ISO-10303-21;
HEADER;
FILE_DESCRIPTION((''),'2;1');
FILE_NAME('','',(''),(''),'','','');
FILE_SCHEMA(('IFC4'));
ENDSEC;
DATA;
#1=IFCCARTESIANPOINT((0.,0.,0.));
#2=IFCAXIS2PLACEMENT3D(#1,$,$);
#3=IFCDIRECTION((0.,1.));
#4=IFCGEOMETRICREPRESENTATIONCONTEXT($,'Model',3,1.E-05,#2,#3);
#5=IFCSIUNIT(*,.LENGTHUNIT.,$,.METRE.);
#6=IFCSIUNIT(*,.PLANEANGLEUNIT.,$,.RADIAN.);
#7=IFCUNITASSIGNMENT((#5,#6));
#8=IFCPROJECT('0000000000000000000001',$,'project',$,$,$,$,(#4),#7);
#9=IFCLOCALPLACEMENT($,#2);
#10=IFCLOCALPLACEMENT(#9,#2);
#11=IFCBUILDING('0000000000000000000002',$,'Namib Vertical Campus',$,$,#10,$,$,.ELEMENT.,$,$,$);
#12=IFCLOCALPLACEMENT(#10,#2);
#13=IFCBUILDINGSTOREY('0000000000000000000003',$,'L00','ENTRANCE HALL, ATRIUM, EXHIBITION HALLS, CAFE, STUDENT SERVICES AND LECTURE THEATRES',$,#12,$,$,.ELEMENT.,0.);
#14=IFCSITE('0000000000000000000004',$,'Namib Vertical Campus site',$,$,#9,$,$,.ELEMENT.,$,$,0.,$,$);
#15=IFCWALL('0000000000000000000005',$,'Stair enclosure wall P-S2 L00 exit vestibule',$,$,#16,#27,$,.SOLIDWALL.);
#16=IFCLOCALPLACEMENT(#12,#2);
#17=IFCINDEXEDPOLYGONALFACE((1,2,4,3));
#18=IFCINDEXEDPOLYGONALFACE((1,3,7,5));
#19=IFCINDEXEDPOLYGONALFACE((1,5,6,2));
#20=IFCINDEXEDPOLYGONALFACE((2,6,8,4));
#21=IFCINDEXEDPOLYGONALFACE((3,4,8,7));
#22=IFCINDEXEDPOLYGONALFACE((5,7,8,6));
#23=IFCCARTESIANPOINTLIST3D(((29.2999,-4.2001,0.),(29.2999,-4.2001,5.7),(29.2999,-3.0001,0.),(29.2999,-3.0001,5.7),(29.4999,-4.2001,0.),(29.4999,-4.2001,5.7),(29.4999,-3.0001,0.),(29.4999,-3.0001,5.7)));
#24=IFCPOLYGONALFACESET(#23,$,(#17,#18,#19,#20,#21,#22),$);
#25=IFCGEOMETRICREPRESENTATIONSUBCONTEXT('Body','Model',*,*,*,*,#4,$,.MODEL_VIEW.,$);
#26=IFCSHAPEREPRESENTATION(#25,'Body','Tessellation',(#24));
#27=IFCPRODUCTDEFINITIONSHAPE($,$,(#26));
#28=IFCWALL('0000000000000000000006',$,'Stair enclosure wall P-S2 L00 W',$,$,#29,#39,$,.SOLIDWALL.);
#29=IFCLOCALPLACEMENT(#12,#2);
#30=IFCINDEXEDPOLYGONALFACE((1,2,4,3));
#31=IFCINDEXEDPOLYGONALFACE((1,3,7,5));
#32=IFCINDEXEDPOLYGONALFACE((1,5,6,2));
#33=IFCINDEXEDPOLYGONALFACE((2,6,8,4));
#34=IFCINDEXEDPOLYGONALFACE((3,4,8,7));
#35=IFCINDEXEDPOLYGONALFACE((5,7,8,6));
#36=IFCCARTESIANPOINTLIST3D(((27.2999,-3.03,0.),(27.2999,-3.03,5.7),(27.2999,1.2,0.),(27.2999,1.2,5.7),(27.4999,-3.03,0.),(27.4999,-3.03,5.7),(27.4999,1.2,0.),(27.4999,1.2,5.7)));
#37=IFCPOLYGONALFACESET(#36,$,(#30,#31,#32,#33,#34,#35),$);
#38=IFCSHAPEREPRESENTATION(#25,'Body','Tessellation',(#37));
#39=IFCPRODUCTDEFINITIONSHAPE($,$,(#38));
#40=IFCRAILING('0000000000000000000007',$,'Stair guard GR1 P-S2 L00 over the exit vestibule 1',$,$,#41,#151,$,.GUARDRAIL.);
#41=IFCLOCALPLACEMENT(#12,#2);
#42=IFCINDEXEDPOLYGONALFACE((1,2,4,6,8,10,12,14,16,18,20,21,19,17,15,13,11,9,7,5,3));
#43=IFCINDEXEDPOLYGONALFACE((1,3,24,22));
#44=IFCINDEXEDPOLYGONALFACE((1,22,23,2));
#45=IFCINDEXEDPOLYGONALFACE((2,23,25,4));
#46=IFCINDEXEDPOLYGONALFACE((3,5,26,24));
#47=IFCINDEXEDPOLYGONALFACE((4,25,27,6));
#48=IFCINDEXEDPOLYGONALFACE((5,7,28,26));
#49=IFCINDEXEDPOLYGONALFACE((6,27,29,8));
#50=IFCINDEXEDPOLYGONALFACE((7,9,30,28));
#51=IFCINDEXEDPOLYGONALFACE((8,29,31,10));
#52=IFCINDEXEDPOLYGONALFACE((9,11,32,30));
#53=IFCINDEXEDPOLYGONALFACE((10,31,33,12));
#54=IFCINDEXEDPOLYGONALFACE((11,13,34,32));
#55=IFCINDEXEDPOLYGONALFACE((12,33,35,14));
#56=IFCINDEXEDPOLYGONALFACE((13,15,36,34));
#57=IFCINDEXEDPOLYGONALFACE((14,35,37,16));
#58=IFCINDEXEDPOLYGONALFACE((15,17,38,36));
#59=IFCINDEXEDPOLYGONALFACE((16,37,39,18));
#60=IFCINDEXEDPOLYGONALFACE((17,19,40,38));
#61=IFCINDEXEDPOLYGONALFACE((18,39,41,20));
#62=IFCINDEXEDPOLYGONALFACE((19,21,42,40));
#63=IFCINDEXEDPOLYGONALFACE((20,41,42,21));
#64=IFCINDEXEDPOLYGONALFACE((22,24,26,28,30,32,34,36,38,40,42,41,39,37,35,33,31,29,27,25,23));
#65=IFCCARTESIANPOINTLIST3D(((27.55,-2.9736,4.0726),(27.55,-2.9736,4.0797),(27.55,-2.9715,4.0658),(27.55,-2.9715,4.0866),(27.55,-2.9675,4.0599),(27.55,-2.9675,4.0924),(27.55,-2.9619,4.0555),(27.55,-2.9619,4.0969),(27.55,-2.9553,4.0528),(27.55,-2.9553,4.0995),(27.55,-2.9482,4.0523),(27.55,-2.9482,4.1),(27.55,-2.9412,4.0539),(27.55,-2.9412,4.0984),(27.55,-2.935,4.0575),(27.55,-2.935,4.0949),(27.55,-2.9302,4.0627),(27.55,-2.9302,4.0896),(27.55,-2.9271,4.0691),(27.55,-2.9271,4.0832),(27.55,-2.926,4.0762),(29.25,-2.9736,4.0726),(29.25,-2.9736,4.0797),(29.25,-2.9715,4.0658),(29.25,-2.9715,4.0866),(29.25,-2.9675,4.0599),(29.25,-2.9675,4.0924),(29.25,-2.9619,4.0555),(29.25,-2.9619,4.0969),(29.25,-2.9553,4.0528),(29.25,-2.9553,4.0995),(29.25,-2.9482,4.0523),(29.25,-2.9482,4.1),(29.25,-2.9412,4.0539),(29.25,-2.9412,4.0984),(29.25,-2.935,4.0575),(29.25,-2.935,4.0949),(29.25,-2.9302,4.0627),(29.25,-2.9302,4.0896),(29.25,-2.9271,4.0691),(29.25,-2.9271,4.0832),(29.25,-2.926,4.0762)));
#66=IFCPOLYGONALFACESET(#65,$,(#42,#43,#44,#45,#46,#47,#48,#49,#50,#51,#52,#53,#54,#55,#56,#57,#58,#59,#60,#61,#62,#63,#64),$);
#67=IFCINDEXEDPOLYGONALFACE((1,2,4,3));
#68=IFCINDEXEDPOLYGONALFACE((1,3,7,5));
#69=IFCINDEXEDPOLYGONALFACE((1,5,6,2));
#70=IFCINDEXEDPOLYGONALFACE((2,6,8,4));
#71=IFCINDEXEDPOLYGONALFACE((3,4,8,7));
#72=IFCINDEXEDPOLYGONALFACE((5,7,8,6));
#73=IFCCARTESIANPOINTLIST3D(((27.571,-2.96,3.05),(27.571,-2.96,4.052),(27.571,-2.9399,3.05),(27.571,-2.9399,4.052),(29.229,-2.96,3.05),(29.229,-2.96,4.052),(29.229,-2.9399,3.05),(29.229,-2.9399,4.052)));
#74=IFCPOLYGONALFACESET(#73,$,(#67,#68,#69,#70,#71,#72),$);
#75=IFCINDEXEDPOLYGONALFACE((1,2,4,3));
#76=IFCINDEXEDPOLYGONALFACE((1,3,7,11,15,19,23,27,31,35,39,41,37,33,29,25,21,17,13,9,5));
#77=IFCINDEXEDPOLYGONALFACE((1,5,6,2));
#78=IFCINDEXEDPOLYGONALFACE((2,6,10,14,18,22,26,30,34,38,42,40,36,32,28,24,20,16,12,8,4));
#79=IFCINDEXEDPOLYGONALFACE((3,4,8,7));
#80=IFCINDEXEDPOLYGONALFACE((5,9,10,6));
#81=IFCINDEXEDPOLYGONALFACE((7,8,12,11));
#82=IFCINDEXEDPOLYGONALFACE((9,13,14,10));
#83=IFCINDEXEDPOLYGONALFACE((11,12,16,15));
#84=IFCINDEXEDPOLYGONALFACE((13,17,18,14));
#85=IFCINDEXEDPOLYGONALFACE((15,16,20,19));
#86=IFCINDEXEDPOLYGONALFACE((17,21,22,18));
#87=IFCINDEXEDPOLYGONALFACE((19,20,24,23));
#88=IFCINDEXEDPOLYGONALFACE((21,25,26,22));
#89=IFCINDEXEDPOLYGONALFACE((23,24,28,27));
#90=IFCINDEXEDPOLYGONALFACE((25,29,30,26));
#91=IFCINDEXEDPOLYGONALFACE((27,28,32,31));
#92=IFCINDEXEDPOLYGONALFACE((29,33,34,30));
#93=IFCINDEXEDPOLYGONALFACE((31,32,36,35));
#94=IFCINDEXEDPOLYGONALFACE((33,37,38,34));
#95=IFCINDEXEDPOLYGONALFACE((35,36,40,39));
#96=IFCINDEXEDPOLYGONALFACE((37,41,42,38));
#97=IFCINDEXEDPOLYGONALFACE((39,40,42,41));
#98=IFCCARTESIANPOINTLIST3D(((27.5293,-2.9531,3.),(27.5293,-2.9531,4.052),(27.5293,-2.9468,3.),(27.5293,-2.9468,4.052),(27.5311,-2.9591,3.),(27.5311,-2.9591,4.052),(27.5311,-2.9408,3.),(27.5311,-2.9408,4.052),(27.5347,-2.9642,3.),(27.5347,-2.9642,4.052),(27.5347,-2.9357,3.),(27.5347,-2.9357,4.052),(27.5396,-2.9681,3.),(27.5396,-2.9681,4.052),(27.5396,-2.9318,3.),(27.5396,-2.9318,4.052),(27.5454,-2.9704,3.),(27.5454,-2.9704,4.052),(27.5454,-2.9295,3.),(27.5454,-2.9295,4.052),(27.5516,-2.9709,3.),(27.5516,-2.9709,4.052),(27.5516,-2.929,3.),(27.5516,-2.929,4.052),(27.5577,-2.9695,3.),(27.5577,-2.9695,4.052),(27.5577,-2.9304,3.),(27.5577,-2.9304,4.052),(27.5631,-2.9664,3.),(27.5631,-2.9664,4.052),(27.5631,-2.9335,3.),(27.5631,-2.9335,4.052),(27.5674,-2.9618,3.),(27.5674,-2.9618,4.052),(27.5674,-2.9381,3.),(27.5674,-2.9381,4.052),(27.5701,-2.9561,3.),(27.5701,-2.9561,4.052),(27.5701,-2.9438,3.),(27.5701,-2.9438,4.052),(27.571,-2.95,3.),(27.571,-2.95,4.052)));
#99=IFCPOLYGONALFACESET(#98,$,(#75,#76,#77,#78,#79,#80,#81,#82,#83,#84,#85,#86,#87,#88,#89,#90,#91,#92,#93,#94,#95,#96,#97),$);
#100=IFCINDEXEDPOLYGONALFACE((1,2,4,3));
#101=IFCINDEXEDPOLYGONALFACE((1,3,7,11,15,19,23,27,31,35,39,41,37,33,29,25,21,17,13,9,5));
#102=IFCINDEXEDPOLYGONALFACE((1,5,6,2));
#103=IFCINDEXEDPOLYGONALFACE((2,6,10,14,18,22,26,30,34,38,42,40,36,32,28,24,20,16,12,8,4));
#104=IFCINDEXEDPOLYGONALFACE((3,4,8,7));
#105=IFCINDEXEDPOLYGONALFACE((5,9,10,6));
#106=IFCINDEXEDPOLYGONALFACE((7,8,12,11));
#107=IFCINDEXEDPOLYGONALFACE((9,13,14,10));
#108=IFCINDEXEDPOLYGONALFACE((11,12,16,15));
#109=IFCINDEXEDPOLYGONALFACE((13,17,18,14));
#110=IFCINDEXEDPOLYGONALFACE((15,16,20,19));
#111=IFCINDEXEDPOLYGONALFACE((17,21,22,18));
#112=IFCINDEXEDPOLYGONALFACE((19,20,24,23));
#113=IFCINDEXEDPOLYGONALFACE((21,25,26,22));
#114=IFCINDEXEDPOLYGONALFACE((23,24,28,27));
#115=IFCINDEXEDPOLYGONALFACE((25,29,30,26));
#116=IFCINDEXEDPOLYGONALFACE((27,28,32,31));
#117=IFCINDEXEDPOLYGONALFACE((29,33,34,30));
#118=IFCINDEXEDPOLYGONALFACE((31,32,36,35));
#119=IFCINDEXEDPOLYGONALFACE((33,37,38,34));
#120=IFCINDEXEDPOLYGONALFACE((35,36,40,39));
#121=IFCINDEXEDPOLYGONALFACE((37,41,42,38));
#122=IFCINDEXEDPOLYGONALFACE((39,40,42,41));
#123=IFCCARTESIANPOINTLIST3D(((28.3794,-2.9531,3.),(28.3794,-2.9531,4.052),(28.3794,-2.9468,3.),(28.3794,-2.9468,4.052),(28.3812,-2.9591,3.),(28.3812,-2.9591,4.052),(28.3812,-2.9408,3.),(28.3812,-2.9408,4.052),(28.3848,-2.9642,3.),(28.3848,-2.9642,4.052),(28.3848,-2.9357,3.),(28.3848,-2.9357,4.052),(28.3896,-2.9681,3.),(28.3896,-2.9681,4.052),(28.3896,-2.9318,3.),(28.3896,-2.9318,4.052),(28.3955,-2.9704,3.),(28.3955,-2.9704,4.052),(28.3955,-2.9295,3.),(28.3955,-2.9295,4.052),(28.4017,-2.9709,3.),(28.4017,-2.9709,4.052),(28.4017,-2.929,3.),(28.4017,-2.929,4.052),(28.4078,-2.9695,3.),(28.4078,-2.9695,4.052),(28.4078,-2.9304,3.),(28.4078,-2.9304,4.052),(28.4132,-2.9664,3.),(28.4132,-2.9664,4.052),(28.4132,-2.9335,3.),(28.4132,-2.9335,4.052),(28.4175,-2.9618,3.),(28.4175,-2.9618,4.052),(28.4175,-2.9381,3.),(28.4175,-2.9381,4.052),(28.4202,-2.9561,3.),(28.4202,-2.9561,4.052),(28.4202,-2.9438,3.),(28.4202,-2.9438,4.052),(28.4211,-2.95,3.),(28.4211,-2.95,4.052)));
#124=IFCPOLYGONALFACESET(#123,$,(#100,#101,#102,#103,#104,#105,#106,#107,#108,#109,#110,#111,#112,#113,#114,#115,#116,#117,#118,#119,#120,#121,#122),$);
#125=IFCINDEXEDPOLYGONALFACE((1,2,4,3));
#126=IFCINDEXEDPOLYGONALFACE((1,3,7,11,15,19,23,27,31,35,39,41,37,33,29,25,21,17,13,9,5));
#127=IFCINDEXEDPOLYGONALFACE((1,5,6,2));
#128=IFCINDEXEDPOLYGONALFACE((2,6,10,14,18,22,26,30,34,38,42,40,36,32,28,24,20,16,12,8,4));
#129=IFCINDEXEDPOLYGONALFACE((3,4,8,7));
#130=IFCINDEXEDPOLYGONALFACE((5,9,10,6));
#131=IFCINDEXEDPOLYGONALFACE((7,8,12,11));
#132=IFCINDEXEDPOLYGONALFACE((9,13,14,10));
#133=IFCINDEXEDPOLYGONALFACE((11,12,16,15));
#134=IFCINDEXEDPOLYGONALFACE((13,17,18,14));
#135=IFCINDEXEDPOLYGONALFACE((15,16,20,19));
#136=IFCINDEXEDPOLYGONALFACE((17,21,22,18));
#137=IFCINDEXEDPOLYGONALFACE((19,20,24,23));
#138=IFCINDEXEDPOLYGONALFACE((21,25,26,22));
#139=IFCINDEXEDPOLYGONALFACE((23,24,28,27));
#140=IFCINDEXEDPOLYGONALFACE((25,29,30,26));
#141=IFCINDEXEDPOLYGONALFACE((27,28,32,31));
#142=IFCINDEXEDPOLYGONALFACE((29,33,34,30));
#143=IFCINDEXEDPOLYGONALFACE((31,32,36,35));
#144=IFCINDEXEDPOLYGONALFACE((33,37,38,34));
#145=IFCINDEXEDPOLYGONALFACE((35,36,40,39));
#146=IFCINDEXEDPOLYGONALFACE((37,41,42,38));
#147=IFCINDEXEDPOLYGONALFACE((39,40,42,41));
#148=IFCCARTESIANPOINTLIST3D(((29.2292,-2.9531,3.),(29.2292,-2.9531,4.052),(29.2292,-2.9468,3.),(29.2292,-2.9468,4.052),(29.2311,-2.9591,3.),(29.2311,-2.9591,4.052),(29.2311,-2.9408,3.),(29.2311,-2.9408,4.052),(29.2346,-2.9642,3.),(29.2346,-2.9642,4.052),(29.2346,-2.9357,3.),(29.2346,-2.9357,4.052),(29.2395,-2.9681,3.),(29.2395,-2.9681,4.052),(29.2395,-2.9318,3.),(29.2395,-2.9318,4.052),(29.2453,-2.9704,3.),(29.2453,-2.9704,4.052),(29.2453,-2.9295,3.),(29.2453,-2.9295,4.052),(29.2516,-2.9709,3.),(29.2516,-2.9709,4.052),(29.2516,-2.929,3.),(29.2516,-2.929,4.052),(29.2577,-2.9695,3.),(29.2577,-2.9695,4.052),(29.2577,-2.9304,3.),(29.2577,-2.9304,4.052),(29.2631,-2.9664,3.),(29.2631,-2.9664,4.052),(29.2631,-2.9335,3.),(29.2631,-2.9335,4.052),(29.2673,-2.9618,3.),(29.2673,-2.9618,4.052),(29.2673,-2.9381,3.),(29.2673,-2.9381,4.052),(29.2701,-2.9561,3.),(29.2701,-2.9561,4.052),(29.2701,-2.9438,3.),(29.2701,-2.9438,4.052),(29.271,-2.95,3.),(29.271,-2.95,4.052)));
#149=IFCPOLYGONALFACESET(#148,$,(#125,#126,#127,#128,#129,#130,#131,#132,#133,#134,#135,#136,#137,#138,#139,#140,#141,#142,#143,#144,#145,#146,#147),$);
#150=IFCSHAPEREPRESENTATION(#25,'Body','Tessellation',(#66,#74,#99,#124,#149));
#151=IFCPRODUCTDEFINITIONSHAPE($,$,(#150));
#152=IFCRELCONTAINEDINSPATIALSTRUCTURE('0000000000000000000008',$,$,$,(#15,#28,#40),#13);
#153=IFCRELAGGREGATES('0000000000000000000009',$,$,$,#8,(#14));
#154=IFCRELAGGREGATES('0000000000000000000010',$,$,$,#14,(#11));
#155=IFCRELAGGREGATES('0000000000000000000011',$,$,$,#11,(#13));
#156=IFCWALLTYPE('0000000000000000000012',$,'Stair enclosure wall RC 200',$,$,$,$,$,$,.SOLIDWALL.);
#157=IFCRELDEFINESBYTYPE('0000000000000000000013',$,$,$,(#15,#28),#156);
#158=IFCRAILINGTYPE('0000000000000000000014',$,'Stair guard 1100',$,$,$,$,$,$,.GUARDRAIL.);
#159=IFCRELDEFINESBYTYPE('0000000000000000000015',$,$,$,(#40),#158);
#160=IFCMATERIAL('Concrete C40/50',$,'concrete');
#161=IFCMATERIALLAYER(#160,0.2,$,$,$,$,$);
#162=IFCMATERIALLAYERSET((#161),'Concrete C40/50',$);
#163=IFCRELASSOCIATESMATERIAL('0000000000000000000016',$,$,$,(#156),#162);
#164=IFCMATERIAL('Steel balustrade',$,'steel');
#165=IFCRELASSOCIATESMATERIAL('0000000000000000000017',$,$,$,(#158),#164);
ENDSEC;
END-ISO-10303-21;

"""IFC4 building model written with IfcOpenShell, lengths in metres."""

from ifc_helpers import new_model, si_unit, direction, frame, frame_2d, origin, origin_2d, place, context, subcontext, project, spatial, polyline, rectangle, circle, outline, extrude, material, layer, layer_set, type_object, element, save


model = new_model("IFC4")

# Units and contexts
model_context = context("Model", 3, precision=1e-05, world=origin(), true_north=direction((0.0, 1.0)))
body_context = subcontext(model_context, "Body", "Model", "MODEL_VIEW")
ifc_project = project(units=[si_unit("LENGTHUNIT", "METRE"), si_unit("PLANEANGLEUNIT", "RADIAN")], contexts=[model_context])

# Site, building, storey
site_placement = place(None, origin())
site = spatial("IfcSite", under=ifc_project, at=site_placement, Name="Namib Vertical Campus site", CompositionType="ELEMENT", RefElevation=0.0)
building_placement = place(site_placement, origin())
building = spatial("IfcBuilding", under=site, at=building_placement, Name="Namib Vertical Campus", CompositionType="ELEMENT")
storey_placement = place(building_placement, origin())
storey = spatial("IfcBuildingStorey", under=building, at=storey_placement, Name="L00", Description="ENTRANCE HALL, ATRIUM, EXHIBITION HALLS, CAFE, STUDENT SERVICES AND LECTURE THEATRES", CompositionType="ELEMENT", Elevation=0.0)

# Walls
ifc_material_1 = material(Name="Concrete C40/50", Category="concrete")
ifc_layer_1 = layer(ifc_material_1, 0.2)
ifc_layer_set_1 = layer_set([ifc_layer_1], Name="Concrete C40/50")
wall_type_1 = type_object("IfcWallType", Name="Stair enclosure wall RC 200", PredefinedType="SOLIDWALL", material=ifc_layer_set_1)
wall_1_placement = place(storey_placement, frame((29.3999, -3.0, 0.0), z_axis=(0.0, 0.0, 1.0), x_axis=(0.0, -1.0, 0.0)))
element("IfcWall", 1, at=wall_1_placement, inside=storey, type_object=wall_type_1, Name="Stair enclosure wall P-S2 L00 exit vestibule", PredefinedType="SOLIDWALL", context=body_context, shape_type="SweptSolid", body=[
    extrude(rectangle(XDim=1.2, YDim=0.2, at=frame_2d((0.6001, 0.0))), origin(), (0.0, 0.0, 1.0), 5.7),
])
wall_2_placement = place(storey_placement, frame((27.3999, -3.03, 0.0), z_axis=(0.0, 0.0, 1.0), x_axis=(0.0, 1.0, 0.0)))
element("IfcWall", 2, at=wall_2_placement, inside=storey, type_object=wall_type_1, Name="Stair enclosure wall P-S2 L00 W", PredefinedType="SOLIDWALL", context=body_context, shape_type="SweptSolid", body=[
    extrude(rectangle(XDim=4.23, YDim=0.2, at=frame_2d((2.115, 0.0))), origin(), (0.0, 0.0, 1.0), 5.7),
])

# Railing
ifc_material_2 = material(Name="Steel balustrade", Category="steel")
railing_type = type_object("IfcRailingType", Name="Stair guard 1100", PredefinedType="GUARDRAIL", material=ifc_material_2)
railing_placement = place(storey_placement, frame((27.55, -2.95, 3.0)))
element("IfcRailing", 3, at=railing_placement, inside=storey, type_object=railing_type, Name="Stair guard GR1 P-S2 L00 over the exit vestibule 1", PredefinedType="GUARDRAIL", context=body_context, shape_type="SweptSolid", body=[
    extrude(circle(Radius=0.0239, at=origin_2d()), frame((0.0, 0.0, 1.0762), z_axis=(1.0, 0.0, 0.0), x_axis=(0.0, 1.0, 0.0)), (0.0, 0.0, 1.0), 1.7),
    extrude(outline(polyline([(0.021, 0.05), (1.679, 0.05), (1.679, 1.052), (0.021, 1.052), (0.021, 0.05)])), frame((0.0, 0.01, 0.0), z_axis=(0.0, -1.0, 0.0), x_axis=(1.0, 0.0, 0.0)), (0.0, 0.0, 1.0), 0.02),
    extrude(circle(Radius=0.021, at=origin_2d()), origin(), (0.0, 0.0, 1.0), 1.052),
    extrude(circle(Radius=0.021, at=origin_2d()), frame((0.8501, 0.0, 0.0)), (0.0, 0.0, 1.0), 1.052),
    extrude(circle(Radius=0.021, at=origin_2d()), frame((1.7, 0.0, 0.0)), (0.0, 0.0, 1.0), 1.052),
])

save(model, "model.ifc")
